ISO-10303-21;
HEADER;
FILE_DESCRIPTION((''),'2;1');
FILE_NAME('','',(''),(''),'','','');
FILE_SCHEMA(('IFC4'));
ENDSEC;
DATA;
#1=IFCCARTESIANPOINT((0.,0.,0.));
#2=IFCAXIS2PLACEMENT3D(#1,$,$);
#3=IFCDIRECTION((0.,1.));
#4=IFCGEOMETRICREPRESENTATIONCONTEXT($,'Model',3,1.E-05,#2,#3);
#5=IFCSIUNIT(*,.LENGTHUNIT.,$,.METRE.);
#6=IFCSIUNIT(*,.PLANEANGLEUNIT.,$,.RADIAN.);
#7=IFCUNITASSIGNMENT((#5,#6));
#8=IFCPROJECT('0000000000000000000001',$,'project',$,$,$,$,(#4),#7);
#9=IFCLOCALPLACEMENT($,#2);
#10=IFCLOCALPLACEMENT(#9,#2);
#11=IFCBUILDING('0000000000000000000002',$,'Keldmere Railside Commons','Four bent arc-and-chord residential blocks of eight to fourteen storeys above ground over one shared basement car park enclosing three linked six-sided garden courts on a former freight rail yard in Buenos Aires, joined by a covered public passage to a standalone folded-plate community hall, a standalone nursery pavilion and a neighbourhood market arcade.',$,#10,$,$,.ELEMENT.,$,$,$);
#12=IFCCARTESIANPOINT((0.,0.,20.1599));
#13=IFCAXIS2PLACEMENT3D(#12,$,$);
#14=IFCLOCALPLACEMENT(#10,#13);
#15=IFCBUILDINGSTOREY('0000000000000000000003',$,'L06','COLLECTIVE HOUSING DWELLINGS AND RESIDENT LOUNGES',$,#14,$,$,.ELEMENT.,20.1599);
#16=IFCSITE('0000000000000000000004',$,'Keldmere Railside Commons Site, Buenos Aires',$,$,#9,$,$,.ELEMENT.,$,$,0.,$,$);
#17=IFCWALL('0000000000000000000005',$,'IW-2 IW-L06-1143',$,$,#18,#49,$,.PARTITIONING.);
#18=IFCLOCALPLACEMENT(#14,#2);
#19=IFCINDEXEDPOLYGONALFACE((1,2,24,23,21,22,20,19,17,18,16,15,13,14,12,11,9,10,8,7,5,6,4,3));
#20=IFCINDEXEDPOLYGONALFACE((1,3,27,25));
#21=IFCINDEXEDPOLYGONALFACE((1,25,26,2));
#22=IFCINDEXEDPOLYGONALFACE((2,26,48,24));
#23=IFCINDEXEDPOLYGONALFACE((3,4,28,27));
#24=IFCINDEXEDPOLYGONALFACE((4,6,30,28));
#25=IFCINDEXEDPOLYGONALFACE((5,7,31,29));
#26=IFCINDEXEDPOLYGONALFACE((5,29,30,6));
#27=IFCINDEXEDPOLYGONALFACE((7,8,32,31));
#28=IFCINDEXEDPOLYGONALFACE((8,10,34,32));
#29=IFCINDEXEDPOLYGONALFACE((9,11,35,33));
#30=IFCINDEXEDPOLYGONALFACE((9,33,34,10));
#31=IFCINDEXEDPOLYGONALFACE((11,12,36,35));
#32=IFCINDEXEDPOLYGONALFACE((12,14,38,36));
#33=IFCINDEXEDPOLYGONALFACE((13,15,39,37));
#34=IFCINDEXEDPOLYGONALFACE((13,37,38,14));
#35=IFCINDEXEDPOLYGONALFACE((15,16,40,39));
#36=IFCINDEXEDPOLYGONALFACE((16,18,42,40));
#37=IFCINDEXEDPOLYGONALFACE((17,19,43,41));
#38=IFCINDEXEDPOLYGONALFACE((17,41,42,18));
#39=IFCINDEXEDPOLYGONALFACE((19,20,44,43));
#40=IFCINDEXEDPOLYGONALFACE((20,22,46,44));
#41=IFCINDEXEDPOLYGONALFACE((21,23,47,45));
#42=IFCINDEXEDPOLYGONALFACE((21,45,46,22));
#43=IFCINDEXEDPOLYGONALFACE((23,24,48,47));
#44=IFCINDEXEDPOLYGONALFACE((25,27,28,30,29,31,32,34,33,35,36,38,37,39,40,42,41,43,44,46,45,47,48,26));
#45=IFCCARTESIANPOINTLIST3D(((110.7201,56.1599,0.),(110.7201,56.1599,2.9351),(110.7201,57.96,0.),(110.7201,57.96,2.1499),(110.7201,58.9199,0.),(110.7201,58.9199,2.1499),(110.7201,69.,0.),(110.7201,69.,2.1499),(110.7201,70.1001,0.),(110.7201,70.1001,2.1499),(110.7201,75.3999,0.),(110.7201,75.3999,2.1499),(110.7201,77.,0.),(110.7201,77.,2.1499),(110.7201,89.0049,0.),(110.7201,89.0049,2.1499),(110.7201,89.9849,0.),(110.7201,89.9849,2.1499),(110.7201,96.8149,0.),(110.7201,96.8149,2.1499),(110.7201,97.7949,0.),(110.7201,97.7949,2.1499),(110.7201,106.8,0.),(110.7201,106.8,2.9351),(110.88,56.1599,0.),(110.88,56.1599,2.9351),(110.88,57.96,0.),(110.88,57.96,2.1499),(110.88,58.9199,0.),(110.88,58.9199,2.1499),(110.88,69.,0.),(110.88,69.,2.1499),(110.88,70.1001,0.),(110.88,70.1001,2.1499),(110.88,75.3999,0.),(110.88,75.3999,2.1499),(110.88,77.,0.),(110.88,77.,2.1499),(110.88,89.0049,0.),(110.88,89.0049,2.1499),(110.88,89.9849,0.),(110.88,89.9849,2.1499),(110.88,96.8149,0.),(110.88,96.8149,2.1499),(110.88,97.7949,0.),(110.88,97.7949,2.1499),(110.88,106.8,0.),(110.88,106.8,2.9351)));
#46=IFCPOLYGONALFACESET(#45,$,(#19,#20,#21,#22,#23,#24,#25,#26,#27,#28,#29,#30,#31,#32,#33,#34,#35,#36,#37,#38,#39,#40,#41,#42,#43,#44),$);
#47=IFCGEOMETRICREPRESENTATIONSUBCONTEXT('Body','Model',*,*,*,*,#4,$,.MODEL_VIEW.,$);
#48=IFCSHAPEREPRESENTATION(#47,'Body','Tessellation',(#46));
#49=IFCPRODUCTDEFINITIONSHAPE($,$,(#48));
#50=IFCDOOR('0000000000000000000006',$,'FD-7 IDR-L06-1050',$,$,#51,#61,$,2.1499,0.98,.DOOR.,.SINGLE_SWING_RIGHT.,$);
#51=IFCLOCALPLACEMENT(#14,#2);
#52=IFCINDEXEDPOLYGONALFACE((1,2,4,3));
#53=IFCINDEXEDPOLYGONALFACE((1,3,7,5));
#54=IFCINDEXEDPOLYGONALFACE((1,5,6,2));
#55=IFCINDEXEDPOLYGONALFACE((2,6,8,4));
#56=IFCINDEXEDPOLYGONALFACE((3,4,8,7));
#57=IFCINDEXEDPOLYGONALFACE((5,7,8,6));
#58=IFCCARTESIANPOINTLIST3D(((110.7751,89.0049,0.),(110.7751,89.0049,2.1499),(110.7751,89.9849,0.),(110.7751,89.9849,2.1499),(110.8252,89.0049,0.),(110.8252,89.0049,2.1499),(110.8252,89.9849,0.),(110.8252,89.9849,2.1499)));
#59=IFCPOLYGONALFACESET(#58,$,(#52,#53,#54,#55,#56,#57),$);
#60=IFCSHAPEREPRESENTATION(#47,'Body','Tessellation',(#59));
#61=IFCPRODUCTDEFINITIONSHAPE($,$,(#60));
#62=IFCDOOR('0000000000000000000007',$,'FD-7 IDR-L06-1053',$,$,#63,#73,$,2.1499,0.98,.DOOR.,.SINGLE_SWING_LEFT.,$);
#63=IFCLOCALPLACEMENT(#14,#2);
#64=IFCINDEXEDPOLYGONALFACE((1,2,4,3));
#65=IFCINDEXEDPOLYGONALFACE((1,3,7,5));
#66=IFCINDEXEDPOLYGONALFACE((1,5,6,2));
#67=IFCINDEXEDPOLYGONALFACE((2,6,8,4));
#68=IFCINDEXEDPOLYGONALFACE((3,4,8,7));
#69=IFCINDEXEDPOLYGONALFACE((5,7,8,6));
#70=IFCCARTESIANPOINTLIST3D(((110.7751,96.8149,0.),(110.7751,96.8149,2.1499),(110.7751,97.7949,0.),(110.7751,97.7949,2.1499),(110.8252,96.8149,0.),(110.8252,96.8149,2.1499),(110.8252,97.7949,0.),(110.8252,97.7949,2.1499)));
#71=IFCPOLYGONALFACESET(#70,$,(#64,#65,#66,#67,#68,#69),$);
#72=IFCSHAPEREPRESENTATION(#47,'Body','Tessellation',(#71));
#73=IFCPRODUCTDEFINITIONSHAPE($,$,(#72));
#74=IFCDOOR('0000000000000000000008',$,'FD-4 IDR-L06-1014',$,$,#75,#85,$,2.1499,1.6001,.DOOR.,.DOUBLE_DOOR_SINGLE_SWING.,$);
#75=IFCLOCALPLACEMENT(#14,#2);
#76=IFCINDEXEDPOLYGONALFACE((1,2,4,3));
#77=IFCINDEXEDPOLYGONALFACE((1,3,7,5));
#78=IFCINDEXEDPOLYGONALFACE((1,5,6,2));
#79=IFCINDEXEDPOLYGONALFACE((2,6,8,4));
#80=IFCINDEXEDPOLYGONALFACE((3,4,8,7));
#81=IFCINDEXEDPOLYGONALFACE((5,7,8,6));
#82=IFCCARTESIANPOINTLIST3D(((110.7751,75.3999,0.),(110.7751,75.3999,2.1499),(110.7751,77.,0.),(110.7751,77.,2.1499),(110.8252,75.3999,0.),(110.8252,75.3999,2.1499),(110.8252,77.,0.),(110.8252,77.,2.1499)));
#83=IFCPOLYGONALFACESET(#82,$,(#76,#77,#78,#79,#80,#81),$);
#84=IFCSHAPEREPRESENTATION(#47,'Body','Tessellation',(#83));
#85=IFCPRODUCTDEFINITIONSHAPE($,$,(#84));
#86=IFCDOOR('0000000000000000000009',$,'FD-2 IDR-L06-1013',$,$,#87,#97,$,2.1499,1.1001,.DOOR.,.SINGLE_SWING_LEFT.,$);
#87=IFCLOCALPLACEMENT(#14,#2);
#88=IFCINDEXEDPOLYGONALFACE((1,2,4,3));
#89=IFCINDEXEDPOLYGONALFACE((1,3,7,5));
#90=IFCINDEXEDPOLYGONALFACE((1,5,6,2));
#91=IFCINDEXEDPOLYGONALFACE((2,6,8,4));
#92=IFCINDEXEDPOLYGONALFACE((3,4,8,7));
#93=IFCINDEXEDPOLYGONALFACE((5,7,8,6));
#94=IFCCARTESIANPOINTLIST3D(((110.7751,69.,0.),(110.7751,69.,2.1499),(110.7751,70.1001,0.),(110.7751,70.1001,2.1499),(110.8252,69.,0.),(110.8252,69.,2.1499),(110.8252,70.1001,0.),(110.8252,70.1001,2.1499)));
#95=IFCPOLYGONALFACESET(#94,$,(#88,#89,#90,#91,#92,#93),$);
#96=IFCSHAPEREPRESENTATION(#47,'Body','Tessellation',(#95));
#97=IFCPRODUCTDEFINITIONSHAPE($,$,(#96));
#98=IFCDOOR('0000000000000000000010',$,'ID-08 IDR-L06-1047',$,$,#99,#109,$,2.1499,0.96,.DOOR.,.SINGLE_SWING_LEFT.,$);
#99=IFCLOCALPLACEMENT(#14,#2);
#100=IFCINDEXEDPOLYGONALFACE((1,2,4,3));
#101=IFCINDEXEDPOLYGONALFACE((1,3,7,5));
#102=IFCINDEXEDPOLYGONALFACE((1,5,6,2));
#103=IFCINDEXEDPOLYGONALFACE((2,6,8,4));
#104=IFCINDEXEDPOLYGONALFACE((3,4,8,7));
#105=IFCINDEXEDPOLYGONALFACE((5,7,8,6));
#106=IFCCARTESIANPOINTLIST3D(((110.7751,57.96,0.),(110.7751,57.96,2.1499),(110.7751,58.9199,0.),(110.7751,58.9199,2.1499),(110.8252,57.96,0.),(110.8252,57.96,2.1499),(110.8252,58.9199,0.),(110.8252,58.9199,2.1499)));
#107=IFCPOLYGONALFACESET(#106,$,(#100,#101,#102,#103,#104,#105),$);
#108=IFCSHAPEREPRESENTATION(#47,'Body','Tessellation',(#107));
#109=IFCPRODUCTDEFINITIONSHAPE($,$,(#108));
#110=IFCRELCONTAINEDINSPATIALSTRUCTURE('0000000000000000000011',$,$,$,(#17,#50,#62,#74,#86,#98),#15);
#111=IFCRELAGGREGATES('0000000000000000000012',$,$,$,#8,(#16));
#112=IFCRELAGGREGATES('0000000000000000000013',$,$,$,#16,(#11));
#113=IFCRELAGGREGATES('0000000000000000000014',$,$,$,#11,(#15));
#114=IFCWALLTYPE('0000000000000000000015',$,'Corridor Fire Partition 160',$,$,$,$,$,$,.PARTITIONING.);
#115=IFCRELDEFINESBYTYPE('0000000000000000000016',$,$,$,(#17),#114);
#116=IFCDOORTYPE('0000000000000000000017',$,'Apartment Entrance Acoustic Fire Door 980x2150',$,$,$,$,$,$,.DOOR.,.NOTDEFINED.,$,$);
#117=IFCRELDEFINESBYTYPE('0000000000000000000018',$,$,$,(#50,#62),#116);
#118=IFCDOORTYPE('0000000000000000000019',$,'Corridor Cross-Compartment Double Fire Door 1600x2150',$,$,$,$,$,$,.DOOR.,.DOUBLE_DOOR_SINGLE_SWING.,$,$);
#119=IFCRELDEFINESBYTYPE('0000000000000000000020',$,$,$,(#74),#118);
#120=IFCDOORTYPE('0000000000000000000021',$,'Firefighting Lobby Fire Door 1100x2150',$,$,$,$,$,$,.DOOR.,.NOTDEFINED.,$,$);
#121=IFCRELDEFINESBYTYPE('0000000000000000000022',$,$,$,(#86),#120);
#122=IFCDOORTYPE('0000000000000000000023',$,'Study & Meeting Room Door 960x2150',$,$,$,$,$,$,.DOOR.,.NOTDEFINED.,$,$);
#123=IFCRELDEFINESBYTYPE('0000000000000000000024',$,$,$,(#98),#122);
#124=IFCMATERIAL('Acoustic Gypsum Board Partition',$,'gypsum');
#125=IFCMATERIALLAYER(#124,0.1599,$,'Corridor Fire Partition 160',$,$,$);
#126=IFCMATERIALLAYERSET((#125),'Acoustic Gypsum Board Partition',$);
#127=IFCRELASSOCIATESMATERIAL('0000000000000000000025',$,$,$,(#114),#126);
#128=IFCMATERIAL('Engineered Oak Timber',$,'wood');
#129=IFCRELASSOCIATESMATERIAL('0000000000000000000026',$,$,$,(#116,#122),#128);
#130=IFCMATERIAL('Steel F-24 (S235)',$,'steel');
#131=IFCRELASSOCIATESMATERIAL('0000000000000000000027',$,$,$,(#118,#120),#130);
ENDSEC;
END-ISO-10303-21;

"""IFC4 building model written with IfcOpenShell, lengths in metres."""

from ifc_helpers import new_model, si_unit, direction, frame, frame_2d, origin, place, context, subcontext, project, spatial, rectangle, extrude, material, layer, layer_set, type_object, element, fill, save


model = new_model("IFC4")

# Units and contexts
model_context = context("Model", 3, precision=1e-05, world=origin(), true_north=direction((0.0, 1.0)))
body_context = subcontext(model_context, "Body", "Model", "MODEL_VIEW")
ifc_project = project(units=[si_unit("LENGTHUNIT", "METRE"), si_unit("PLANEANGLEUNIT", "RADIAN")], contexts=[model_context])

# Site, building, storey
site_placement = place(None, origin())
site = spatial("IfcSite", under=ifc_project, at=site_placement, Name="Keldmere Railside Commons Site, Buenos Aires", CompositionType="ELEMENT", RefElevation=0.0)
building_placement = place(site_placement, origin())
building = spatial("IfcBuilding", under=site, at=building_placement, Name="Keldmere Railside Commons", Description="Four bent arc-and-chord residential blocks of eight to fourteen storeys above ground over one shared basement car park enclosing three linked six-sided garden courts on a former freight rail yard in Buenos Aires, joined by a covered public passage to a standalone folded-plate community hall, a standalone nursery pavilion and a neighbourhood market arcade.", CompositionType="ELEMENT")
storey_placement = place(building_placement, frame((0.0, 0.0, 20.1599)))
storey = spatial("IfcBuildingStorey", under=building, at=storey_placement, Name="L06", Description="COLLECTIVE HOUSING DWELLINGS AND RESIDENT LOUNGES", CompositionType="ELEMENT", Elevation=20.1599)

# Shared definitions
ifc_material_1 = material(Name="Acoustic Gypsum Board Partition", Category="gypsum")
ifc_material_2 = material(Name="Engineered Oak Timber", Category="wood")

# Wall, openings, doors
ifc_layer_1 = layer(ifc_material_1, 0.1599, Name="Corridor Fire Partition 160")
ifc_layer_set_1 = layer_set([ifc_layer_1], Name="Acoustic Gypsum Board Partition")
wall_type_1 = type_object("IfcWallType", Name="Corridor Fire Partition 160", PredefinedType="PARTITIONING", material=ifc_layer_set_1)
wall_1_placement = place(storey_placement, frame((110.8, 56.1599, 0.0), z_axis=(0.0, 0.0, 1.0), x_axis=(0.0, 1.0, 0.0)))
wall_1 = element("IfcWall", 1, at=wall_1_placement, inside=storey, type_object=wall_type_1, Name="IW-2 IW-L06-1143", PredefinedType="PARTITIONING", context=body_context, shape_type="SweptSolid", body=[
    extrude(rectangle(XDim=50.6401, YDim=0.1599, at=frame_2d((25.3201, 0.0))), origin(), (0.0, 0.0, 1.0), 2.9351),
])
opening_1_placement = place(wall_1_placement, frame((12.8401, 0.0, 0.0)))
opening_1 = element("IfcOpeningElement", 2, at=opening_1_placement, cuts=wall_1, PredefinedType="OPENING", context=body_context, shape_type="SweptSolid", body=[
    extrude(rectangle(XDim=1.1001, YDim=2.1499, at=frame_2d((0.55, 1.075))), frame((0.0, 0.0898, 0.0), z_axis=(0.0, -1.0, 0.0), x_axis=(1.0, 0.0, 0.0)), (0.0, 0.0, 1.0), 0.1799),
])
opening_2_placement = place(wall_1_placement, frame((19.24, 0.0, 0.0)))
opening_2 = element("IfcOpeningElement", 3, at=opening_2_placement, cuts=wall_1, PredefinedType="OPENING", context=body_context, shape_type="SweptSolid", body=[
    extrude(rectangle(XDim=1.6001, YDim=2.1499, at=frame_2d((0.8, 1.075))), frame((0.0, 0.0898, 0.0), z_axis=(0.0, -1.0, 0.0), x_axis=(1.0, 0.0, 0.0)), (0.0, 0.0, 1.0), 0.1799),
])
opening_3_placement = place(wall_1_placement, frame((1.8, 0.0, 0.0)))
opening_3 = element("IfcOpeningElement", 4, at=opening_3_placement, cuts=wall_1, PredefinedType="OPENING", context=body_context, shape_type="SweptSolid", body=[
    extrude(rectangle(XDim=0.96, YDim=2.1499, at=frame_2d((0.48, 1.075))), frame((0.0, 0.0898, 0.0), z_axis=(0.0, -1.0, 0.0), x_axis=(1.0, 0.0, 0.0)), (0.0, 0.0, 1.0), 0.1799),
])
opening_4_placement = place(wall_1_placement, frame((32.845, 0.0, 0.0)))
opening_4 = element("IfcOpeningElement", 5, at=opening_4_placement, cuts=wall_1, PredefinedType="OPENING", context=body_context, shape_type="SweptSolid", body=[
    extrude(rectangle(XDim=0.98, YDim=2.1499, at=frame_2d((0.49, 1.075))), frame((0.0, 0.0898, 0.0), z_axis=(0.0, -1.0, 0.0), x_axis=(1.0, 0.0, 0.0)), (0.0, 0.0, 1.0), 0.1799),
])
opening_5_placement = place(wall_1_placement, frame((40.655, 0.0, 0.0)))
opening_5 = element("IfcOpeningElement", 6, at=opening_5_placement, cuts=wall_1, PredefinedType="OPENING", context=body_context, shape_type="SweptSolid", body=[
    extrude(rectangle(XDim=0.98, YDim=2.1499, at=frame_2d((0.49, 1.075))), frame((0.0, 0.0898, 0.0), z_axis=(0.0, -1.0, 0.0), x_axis=(1.0, 0.0, 0.0)), (0.0, 0.0, 1.0), 0.1799),
])
door_type_1 = type_object("IfcDoorType", Name="Apartment Entrance Acoustic Fire Door 980x2150", OperationType="NOTDEFINED", PredefinedType="DOOR", material=ifc_material_2)
door_1_placement = place(opening_4_placement, origin())
door_1 = element("IfcDoor", 7, at=door_1_placement, inside=storey, type_object=door_type_1, Name="FD-7 IDR-L06-1050", OperationType="SINGLE_SWING_RIGHT", OverallHeight=2.1499, OverallWidth=0.98, PredefinedType="DOOR", context=body_context, shape_type="SweptSolid", body=[
    extrude(rectangle(XDim=0.98, YDim=2.1499, at=frame_2d((0.49, 1.075))), frame((0.0, 0.0249, 0.0), z_axis=(0.0, -1.0, 0.0), x_axis=(1.0, 0.0, 0.0)), (0.0, 0.0, 1.0), 0.05),
])
fill(opening_4, door_1)
door_2_placement = place(opening_5_placement, origin())
door_2 = element("IfcDoor", 8, at=door_2_placement, inside=storey, type_object=door_type_1, Name="FD-7 IDR-L06-1053", OperationType="SINGLE_SWING_LEFT", OverallHeight=2.1499, OverallWidth=0.98, PredefinedType="DOOR", context=body_context, shape_type="SweptSolid", body=[
    extrude(rectangle(XDim=0.98, YDim=2.1499, at=frame_2d((0.49, 1.075))), frame((0.0, 0.0249, 0.0), z_axis=(0.0, -1.0, 0.0), x_axis=(1.0, 0.0, 0.0)), (0.0, 0.0, 1.0), 0.05),
])
fill(opening_5, door_2)
ifc_material_3 = material(Name="Steel F-24 (S235)", Category="steel")
door_type_2 = type_object("IfcDoorType", Name="Corridor Cross-Compartment Double Fire Door 1600x2150", OperationType="DOUBLE_DOOR_SINGLE_SWING", PredefinedType="DOOR", material=ifc_material_3)
door_3_placement = place(opening_2_placement, origin())
door_3 = element("IfcDoor", 9, at=door_3_placement, inside=storey, type_object=door_type_2, Name="FD-4 IDR-L06-1014", OperationType="DOUBLE_DOOR_SINGLE_SWING", OverallHeight=2.1499, OverallWidth=1.6001, PredefinedType="DOOR", context=body_context, shape_type="SweptSolid", body=[
    extrude(rectangle(XDim=1.6001, YDim=2.1499, at=frame_2d((0.8, 1.075))), frame((0.0, 0.0249, 0.0), z_axis=(0.0, -1.0, 0.0), x_axis=(1.0, 0.0, 0.0)), (0.0, 0.0, 1.0), 0.05),
])
fill(opening_2, door_3)
door_type_3 = type_object("IfcDoorType", Name="Firefighting Lobby Fire Door 1100x2150", OperationType="NOTDEFINED", PredefinedType="DOOR", material=ifc_material_3)
door_4_placement = place(opening_1_placement, origin())
door_4 = element("IfcDoor", 10, at=door_4_placement, inside=storey, type_object=door_type_3, Name="FD-2 IDR-L06-1013", OperationType="SINGLE_SWING_LEFT", OverallHeight=2.1499, OverallWidth=1.1001, PredefinedType="DOOR", context=body_context, shape_type="SweptSolid", body=[
    extrude(rectangle(XDim=1.1001, YDim=2.1499, at=frame_2d((0.55, 1.075))), frame((0.0, 0.0249, 0.0), z_axis=(0.0, -1.0, 0.0), x_axis=(1.0, 0.0, 0.0)), (0.0, 0.0, 1.0), 0.05),
])
fill(opening_1, door_4)
door_type_4 = type_object("IfcDoorType", Name="Study & Meeting Room Door 960x2150", OperationType="NOTDEFINED", PredefinedType="DOOR", material=ifc_material_2)
door_5_placement = place(opening_3_placement, origin())
door_5 = element("IfcDoor", 11, at=door_5_placement, inside=storey, type_object=door_type_4, Name="ID-08 IDR-L06-1047", OperationType="SINGLE_SWING_LEFT", OverallHeight=2.1499, OverallWidth=0.96, PredefinedType="DOOR", context=body_context, shape_type="SweptSolid", body=[
    extrude(rectangle(XDim=0.96, YDim=2.1499, at=frame_2d((0.48, 1.075))), frame((0.0, 0.0249, 0.0), z_axis=(0.0, -1.0, 0.0), x_axis=(1.0, 0.0, 0.0)), (0.0, 0.0, 1.0), 0.05),
])
fill(opening_3, door_5)

save(model, "model.ifc")
